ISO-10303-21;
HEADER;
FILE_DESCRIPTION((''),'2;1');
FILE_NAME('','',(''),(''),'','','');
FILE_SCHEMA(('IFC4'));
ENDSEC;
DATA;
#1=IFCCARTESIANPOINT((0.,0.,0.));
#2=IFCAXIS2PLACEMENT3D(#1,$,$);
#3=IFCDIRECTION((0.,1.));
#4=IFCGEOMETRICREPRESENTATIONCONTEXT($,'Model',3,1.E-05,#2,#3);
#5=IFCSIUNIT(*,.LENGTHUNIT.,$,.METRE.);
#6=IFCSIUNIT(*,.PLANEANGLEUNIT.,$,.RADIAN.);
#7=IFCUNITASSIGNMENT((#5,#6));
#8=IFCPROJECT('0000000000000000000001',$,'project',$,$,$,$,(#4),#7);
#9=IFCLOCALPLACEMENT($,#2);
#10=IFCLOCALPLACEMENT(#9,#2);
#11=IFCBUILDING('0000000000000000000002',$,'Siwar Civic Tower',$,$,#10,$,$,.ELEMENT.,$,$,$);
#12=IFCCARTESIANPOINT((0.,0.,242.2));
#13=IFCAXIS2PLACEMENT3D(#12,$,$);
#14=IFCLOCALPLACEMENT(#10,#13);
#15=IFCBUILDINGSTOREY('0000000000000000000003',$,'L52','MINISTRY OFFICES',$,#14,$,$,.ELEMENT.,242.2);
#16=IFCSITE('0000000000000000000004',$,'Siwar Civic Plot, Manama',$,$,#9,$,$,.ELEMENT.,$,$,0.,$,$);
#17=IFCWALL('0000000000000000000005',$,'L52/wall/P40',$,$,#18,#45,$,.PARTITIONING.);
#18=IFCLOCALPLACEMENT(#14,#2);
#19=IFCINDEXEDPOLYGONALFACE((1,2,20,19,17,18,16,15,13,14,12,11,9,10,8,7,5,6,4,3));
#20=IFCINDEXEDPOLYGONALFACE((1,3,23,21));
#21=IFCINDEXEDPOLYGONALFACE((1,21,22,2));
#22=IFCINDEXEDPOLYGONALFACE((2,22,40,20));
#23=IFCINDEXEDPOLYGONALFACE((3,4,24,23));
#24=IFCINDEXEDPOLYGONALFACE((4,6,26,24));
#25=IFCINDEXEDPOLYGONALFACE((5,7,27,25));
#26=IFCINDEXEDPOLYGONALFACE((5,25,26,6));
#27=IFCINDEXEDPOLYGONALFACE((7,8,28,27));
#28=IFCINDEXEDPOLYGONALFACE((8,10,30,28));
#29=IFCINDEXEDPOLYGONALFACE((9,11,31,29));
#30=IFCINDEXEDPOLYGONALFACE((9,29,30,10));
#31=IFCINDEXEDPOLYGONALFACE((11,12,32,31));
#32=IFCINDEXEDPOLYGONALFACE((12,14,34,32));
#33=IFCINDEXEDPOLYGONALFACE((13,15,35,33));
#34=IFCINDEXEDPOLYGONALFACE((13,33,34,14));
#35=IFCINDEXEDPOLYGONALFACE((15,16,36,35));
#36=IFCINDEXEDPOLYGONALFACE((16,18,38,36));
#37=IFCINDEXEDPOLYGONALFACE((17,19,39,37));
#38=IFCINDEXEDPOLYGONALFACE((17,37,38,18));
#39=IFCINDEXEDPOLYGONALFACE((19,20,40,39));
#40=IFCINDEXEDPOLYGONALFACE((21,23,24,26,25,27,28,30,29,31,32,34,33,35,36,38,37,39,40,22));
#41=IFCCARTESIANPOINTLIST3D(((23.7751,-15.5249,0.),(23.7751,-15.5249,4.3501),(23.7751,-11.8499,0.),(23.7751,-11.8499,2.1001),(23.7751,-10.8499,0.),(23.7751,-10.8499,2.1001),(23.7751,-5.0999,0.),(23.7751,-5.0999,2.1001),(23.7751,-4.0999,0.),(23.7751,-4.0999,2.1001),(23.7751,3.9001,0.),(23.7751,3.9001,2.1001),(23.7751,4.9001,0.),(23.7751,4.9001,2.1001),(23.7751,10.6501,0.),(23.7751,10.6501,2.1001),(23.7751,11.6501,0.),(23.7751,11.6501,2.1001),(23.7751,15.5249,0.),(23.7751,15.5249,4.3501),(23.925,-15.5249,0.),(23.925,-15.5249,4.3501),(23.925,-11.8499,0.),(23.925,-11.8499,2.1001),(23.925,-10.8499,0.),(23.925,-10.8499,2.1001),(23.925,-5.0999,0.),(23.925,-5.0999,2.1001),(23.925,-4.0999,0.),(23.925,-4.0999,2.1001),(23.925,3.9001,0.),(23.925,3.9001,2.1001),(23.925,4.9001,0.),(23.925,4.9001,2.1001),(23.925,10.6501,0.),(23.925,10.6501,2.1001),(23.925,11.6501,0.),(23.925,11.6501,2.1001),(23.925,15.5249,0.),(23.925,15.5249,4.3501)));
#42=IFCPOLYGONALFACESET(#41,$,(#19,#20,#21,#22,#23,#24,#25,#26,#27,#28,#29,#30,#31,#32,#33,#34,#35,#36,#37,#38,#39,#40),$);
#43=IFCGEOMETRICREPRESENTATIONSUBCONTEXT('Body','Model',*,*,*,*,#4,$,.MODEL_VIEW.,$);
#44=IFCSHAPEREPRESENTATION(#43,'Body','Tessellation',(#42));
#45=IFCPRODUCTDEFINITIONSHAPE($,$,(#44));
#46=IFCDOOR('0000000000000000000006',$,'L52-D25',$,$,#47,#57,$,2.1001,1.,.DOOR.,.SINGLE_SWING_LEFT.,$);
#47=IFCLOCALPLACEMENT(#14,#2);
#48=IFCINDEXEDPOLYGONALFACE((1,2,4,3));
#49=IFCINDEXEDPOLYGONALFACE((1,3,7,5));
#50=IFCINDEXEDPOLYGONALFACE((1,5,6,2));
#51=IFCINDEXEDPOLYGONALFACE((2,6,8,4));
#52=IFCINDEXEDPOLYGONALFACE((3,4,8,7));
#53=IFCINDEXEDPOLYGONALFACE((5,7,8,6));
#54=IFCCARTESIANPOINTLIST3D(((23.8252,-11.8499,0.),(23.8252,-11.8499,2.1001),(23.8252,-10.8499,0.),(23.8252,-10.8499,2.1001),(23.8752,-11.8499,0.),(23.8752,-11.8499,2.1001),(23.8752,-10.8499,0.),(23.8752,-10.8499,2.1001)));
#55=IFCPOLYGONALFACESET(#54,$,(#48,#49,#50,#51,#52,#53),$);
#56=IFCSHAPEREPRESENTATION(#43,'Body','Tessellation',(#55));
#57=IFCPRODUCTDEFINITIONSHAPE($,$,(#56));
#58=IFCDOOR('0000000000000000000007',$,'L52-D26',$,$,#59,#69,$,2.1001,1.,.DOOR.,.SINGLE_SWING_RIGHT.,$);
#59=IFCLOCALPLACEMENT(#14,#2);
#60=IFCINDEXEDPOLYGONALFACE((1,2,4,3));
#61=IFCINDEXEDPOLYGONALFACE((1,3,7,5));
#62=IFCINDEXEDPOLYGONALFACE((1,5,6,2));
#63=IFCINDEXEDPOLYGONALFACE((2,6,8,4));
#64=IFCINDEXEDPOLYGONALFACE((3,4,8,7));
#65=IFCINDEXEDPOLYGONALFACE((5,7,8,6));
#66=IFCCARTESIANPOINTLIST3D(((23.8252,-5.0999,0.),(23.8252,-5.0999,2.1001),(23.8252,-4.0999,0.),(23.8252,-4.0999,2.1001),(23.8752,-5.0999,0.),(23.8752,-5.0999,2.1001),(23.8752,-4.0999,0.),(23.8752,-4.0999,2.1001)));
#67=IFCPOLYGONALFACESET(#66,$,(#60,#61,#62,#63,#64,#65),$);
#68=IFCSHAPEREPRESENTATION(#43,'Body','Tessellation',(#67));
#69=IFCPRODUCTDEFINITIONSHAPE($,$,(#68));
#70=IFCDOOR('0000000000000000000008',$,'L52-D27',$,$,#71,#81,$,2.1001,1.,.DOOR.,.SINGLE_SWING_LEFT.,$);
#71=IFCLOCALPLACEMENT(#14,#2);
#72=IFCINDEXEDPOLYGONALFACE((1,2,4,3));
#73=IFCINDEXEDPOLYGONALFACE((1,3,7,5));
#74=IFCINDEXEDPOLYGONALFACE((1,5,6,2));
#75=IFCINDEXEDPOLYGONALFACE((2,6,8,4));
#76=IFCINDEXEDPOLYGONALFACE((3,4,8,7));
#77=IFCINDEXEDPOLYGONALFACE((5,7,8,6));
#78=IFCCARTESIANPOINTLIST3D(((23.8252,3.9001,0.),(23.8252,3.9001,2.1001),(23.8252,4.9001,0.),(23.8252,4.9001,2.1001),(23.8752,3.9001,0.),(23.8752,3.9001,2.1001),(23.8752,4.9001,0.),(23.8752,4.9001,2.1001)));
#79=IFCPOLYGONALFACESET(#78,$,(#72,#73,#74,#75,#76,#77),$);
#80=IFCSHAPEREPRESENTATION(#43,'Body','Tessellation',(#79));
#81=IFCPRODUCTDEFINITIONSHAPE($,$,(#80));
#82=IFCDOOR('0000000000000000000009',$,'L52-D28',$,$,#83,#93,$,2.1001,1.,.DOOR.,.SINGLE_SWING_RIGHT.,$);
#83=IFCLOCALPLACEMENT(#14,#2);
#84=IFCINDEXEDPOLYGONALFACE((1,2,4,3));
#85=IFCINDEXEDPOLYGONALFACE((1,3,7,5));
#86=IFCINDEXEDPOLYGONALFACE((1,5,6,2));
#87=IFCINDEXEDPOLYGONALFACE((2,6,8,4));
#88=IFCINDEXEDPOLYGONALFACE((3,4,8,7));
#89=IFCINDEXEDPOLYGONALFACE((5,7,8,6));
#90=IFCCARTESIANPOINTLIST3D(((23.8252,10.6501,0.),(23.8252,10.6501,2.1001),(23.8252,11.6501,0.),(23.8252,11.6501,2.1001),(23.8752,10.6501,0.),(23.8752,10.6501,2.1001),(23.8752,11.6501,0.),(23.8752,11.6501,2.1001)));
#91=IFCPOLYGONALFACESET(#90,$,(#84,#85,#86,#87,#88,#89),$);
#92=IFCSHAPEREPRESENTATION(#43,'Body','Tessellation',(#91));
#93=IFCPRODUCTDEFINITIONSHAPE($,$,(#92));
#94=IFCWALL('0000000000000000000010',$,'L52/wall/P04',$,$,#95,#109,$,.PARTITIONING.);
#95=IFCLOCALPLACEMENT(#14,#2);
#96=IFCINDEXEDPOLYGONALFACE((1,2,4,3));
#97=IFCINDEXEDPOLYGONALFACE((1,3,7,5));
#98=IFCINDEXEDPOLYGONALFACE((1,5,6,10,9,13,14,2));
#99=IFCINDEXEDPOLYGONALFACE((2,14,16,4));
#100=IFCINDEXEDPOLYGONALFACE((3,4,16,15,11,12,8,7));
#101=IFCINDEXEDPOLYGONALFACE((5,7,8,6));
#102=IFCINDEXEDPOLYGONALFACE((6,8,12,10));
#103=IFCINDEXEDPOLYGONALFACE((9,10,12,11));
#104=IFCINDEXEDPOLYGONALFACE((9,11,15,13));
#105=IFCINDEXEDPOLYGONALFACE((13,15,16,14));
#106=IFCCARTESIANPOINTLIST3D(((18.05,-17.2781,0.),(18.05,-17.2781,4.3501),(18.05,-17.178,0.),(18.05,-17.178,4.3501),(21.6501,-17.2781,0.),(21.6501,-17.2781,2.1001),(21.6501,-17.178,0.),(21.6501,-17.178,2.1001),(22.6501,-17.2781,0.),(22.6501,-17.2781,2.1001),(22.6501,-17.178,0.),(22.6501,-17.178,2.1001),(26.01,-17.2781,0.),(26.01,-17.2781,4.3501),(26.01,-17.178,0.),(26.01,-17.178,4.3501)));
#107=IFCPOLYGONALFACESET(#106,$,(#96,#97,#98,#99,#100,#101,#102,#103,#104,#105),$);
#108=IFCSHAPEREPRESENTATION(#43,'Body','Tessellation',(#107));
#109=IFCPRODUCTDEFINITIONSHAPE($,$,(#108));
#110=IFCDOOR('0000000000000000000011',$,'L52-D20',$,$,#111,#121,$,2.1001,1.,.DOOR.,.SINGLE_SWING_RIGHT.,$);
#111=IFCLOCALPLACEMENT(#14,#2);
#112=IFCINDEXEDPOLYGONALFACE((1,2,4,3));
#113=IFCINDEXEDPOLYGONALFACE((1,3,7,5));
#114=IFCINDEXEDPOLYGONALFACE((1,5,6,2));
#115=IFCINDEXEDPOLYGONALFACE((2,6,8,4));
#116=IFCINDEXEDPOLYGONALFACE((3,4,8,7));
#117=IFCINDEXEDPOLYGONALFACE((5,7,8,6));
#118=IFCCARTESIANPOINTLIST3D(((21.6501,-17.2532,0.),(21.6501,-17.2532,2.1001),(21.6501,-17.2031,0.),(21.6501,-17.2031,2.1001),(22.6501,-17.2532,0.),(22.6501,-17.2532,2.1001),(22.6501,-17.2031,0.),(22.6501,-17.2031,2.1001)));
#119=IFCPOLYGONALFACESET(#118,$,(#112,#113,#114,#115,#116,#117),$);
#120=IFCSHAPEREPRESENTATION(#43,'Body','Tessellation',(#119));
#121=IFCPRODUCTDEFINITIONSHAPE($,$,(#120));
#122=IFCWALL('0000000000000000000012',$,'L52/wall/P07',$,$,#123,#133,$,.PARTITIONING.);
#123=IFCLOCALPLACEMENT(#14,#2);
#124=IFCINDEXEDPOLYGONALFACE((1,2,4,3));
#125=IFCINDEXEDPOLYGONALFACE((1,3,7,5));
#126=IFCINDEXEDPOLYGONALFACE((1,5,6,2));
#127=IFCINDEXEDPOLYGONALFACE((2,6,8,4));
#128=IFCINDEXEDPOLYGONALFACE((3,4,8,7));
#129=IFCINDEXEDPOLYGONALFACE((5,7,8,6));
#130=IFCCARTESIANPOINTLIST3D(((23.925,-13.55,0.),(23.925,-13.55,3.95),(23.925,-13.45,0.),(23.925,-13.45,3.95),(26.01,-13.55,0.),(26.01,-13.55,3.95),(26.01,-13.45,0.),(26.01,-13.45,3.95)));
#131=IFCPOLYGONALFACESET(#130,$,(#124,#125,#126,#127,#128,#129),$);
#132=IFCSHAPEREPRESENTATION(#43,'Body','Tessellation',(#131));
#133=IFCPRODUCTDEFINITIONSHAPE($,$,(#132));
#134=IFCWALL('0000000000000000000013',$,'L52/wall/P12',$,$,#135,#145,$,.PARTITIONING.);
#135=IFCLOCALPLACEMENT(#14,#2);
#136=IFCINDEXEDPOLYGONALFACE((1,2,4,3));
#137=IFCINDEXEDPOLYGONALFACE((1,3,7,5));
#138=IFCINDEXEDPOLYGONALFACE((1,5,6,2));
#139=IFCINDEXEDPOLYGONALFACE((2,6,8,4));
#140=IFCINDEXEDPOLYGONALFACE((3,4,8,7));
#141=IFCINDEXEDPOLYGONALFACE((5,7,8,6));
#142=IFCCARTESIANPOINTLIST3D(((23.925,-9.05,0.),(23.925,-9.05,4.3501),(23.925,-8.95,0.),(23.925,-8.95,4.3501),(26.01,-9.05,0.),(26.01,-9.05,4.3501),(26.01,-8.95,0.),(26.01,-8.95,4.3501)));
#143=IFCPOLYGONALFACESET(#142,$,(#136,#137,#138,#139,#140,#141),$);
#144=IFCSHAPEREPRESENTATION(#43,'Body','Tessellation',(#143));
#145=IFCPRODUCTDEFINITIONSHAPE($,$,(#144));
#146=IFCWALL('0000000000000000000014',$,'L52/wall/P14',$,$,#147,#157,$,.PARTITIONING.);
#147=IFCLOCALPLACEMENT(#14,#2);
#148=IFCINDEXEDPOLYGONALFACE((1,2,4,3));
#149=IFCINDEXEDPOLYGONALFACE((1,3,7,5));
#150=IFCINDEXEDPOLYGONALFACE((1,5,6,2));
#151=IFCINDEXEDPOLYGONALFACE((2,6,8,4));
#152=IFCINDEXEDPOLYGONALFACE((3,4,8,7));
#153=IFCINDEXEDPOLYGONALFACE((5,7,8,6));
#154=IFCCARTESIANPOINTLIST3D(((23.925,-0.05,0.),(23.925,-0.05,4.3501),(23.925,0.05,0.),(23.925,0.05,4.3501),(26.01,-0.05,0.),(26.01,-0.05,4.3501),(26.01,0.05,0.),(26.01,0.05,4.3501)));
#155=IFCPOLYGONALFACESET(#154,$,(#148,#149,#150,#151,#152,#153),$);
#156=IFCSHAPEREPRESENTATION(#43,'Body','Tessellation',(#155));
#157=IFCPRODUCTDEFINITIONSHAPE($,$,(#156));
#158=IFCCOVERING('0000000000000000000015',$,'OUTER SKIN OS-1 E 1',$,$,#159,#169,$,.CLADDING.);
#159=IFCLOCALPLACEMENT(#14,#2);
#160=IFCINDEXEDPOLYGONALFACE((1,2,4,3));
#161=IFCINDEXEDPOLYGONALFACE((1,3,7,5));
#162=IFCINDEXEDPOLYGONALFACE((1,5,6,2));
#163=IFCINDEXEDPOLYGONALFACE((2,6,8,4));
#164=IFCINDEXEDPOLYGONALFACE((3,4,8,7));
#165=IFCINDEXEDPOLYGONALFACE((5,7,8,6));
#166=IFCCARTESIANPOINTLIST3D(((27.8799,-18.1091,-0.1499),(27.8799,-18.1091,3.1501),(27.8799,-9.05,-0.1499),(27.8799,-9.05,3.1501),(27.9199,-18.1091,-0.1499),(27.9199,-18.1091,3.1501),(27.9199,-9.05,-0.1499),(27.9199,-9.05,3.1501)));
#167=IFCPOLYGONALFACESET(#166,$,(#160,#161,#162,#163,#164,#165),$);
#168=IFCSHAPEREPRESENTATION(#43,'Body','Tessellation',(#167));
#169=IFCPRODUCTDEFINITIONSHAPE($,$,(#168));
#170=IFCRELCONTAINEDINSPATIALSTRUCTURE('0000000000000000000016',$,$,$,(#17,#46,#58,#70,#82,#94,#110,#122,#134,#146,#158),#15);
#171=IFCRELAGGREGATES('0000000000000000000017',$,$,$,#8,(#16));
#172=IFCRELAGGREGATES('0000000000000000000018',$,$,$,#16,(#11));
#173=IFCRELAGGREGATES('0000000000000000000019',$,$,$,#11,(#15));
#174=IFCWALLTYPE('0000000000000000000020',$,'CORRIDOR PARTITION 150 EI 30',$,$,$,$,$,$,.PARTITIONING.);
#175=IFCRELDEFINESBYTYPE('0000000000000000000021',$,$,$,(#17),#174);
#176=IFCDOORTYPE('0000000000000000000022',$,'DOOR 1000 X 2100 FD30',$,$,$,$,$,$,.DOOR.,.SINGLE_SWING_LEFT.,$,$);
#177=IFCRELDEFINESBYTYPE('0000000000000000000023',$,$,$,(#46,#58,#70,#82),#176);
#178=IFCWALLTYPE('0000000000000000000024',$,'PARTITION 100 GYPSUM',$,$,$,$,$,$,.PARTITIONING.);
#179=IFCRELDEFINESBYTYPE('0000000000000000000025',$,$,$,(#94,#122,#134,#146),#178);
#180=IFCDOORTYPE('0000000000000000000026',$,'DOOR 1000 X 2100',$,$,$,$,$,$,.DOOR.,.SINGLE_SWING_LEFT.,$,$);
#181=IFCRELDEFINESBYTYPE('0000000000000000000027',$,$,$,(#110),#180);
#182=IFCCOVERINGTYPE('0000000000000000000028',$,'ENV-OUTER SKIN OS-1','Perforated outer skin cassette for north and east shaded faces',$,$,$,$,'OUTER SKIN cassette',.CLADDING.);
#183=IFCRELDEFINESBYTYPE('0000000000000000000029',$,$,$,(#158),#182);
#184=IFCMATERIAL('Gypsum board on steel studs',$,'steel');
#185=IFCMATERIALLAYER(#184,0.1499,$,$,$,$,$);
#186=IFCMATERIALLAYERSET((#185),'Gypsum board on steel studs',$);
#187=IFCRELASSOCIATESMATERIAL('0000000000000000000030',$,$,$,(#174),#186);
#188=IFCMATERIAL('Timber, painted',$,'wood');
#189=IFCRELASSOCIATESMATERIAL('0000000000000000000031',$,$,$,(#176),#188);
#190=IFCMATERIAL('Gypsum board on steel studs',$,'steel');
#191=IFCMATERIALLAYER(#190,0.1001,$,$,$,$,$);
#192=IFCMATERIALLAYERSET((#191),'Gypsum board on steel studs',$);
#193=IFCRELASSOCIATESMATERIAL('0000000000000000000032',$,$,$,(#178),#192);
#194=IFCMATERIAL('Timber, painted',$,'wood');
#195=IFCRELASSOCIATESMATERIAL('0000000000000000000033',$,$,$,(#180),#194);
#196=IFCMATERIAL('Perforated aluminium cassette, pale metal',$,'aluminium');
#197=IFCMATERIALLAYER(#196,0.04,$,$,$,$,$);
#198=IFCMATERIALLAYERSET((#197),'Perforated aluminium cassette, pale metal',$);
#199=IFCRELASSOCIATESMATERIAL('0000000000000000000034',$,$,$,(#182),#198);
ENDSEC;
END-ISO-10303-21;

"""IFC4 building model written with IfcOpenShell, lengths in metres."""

from ifc_helpers import new_model, si_unit, direction, frame, frame_2d, origin, origin_2d, place, context, subcontext, project, spatial, rectangle, extrude, material, layer, layer_set, type_object, element, fill, save


model = new_model("IFC4")

# Units and contexts
model_context = context("Model", 3, precision=1e-05, world=origin(), true_north=direction((0.0, 1.0)))
body_context = subcontext(model_context, "Body", "Model", "MODEL_VIEW")
ifc_project = project(units=[si_unit("LENGTHUNIT", "METRE"), si_unit("PLANEANGLEUNIT", "RADIAN")], contexts=[model_context])

# Site, building, storey
site_placement = place(None, origin())
site = spatial("IfcSite", under=ifc_project, at=site_placement, Name="Siwar Civic Plot, Manama", CompositionType="ELEMENT", RefElevation=0.0)
building_placement = place(site_placement, origin())
building = spatial("IfcBuilding", under=site, at=building_placement, Name="Siwar Civic Tower", CompositionType="ELEMENT")
storey_placement = place(building_placement, frame((0.0, 0.0, 242.2)))
storey = spatial("IfcBuildingStorey", under=building, at=storey_placement, Name="L52", Description="MINISTRY OFFICES", CompositionType="ELEMENT", Elevation=242.2)

# Wall, openings, doors
ifc_material_1 = material(Name="Gypsum board on steel studs", Category="steel")
ifc_layer_1 = layer(ifc_material_1, 0.1499)
ifc_layer_set_1 = layer_set([ifc_layer_1], Name="Gypsum board on steel studs")
wall_type_1 = type_object("IfcWallType", Name="CORRIDOR PARTITION 150 EI 30", PredefinedType="PARTITIONING", material=ifc_layer_set_1)
wall_1_placement = place(storey_placement, frame((23.8501, -15.5249, 0.0), z_axis=(0.0, 0.0, 1.0), x_axis=(0.0, 1.0, 0.0)))
wall_1 = element("IfcWall", 1, at=wall_1_placement, inside=storey, type_object=wall_type_1, Name="L52/wall/P40", PredefinedType="PARTITIONING", context=body_context, shape_type="SweptSolid", body=[
    extrude(rectangle(XDim=31.0498, YDim=0.1499, at=frame_2d((15.5249, 0.0))), origin(), (0.0, 0.0, 1.0), 4.3501),
])
opening_1_placement = place(wall_1_placement, frame((3.675, 0.0, 0.0)))
opening_1 = element("IfcOpeningElement", 2, at=opening_1_placement, cuts=wall_1, PredefinedType="OPENING", context=body_context, shape_type="SweptSolid", body=[
    extrude(rectangle(XDim=1.0, YDim=2.1001, at=frame_2d((0.5, 1.05))), frame((0.0, 0.085, 0.0), z_axis=(0.0, -1.0, 0.0), x_axis=(1.0, 0.0, 0.0)), (0.0, 0.0, 1.0), 0.1699),
])
opening_2_placement = place(wall_1_placement, frame((10.425, 0.0, 0.0)))
opening_2 = element("IfcOpeningElement", 3, at=opening_2_placement, cuts=wall_1, PredefinedType="OPENING", context=body_context, shape_type="SweptSolid", body=[
    extrude(rectangle(XDim=1.0, YDim=2.1001, at=frame_2d((0.5, 1.05))), frame((0.0, 0.085, 0.0), z_axis=(0.0, -1.0, 0.0), x_axis=(1.0, 0.0, 0.0)), (0.0, 0.0, 1.0), 0.1699),
])
opening_3_placement = place(wall_1_placement, frame((19.425, 0.0, 0.0)))
opening_3 = element("IfcOpeningElement", 4, at=opening_3_placement, cuts=wall_1, PredefinedType="OPENING", context=body_context, shape_type="SweptSolid", body=[
    extrude(rectangle(XDim=1.0, YDim=2.1001, at=frame_2d((0.5, 1.05))), frame((0.0, 0.085, 0.0), z_axis=(0.0, -1.0, 0.0), x_axis=(1.0, 0.0, 0.0)), (0.0, 0.0, 1.0), 0.1699),
])
opening_4_placement = place(wall_1_placement, frame((26.175, 0.0, 0.0)))
opening_4 = element("IfcOpeningElement", 5, at=opening_4_placement, cuts=wall_1, PredefinedType="OPENING", context=body_context, shape_type="SweptSolid", body=[
    extrude(rectangle(XDim=1.0, YDim=2.1001, at=frame_2d((0.5, 1.05))), frame((0.0, 0.085, 0.0), z_axis=(0.0, -1.0, 0.0), x_axis=(1.0, 0.0, 0.0)), (0.0, 0.0, 1.0), 0.1699),
])
ifc_material_2 = material(Name="Timber, painted", Category="wood")
door_type_1 = type_object("IfcDoorType", Name="DOOR 1000 X 2100 FD30", OperationType="SINGLE_SWING_LEFT", PredefinedType="DOOR", material=ifc_material_2)
door_1_placement = place(opening_1_placement, origin())
door_1 = element("IfcDoor", 6, at=door_1_placement, inside=storey, type_object=door_type_1, Name="L52-D25", OperationType="SINGLE_SWING_LEFT", OverallHeight=2.1001, OverallWidth=1.0, PredefinedType="DOOR", context=body_context, shape_type="SweptSolid", body=[
    extrude(rectangle(XDim=1.0, YDim=2.1001, at=frame_2d((0.5, 1.05))), frame((0.0, 0.0249, 0.0), z_axis=(0.0, -1.0, 0.0), x_axis=(1.0, 0.0, 0.0)), (0.0, 0.0, 1.0), 0.05),
])
fill(opening_1, door_1)
door_2_placement = place(opening_2_placement, origin())
door_2 = element("IfcDoor", 7, at=door_2_placement, inside=storey, type_object=door_type_1, Name="L52-D26", OperationType="SINGLE_SWING_RIGHT", OverallHeight=2.1001, OverallWidth=1.0, PredefinedType="DOOR", context=body_context, shape_type="SweptSolid", body=[
    extrude(rectangle(XDim=1.0, YDim=2.1001, at=frame_2d((0.5, 1.05))), frame((0.0, 0.0249, 0.0), z_axis=(0.0, -1.0, 0.0), x_axis=(1.0, 0.0, 0.0)), (0.0, 0.0, 1.0), 0.05),
])
fill(opening_2, door_2)
door_3_placement = place(opening_3_placement, origin())
door_3 = element("IfcDoor", 8, at=door_3_placement, inside=storey, type_object=door_type_1, Name="L52-D27", OperationType="SINGLE_SWING_LEFT", OverallHeight=2.1001, OverallWidth=1.0, PredefinedType="DOOR", context=body_context, shape_type="SweptSolid", body=[
    extrude(rectangle(XDim=1.0, YDim=2.1001, at=frame_2d((0.5, 1.05))), frame((0.0, 0.0249, 0.0), z_axis=(0.0, -1.0, 0.0), x_axis=(1.0, 0.0, 0.0)), (0.0, 0.0, 1.0), 0.05),
])
fill(opening_3, door_3)
door_4_placement = place(opening_4_placement, origin())
door_4 = element("IfcDoor", 9, at=door_4_placement, inside=storey, type_object=door_type_1, Name="L52-D28", OperationType="SINGLE_SWING_RIGHT", OverallHeight=2.1001, OverallWidth=1.0, PredefinedType="DOOR", context=body_context, shape_type="SweptSolid", body=[
    extrude(rectangle(XDim=1.0, YDim=2.1001, at=frame_2d((0.5, 1.05))), frame((0.0, 0.0249, 0.0), z_axis=(0.0, -1.0, 0.0), x_axis=(1.0, 0.0, 0.0)), (0.0, 0.0, 1.0), 0.05),
])
fill(opening_4, door_4)

# Wall, opening, door
ifc_material_3 = material(Name="Gypsum board on steel studs", Category="steel")
ifc_layer_2 = layer(ifc_material_3, 0.1001)
ifc_layer_set_2 = layer_set([ifc_layer_2], Name="Gypsum board on steel studs")
wall_type_2 = type_object("IfcWallType", Name="PARTITION 100 GYPSUM", PredefinedType="PARTITIONING", material=ifc_layer_set_2)
wall_2_placement = place(storey_placement, frame((18.05, -17.228, 0.0), z_axis=(0.0, 0.0, 1.0), x_axis=(1.0, 0.0, 0.0)))
wall_2 = element("IfcWall", 10, at=wall_2_placement, inside=storey, type_object=wall_type_2, Name="L52/wall/P04", PredefinedType="PARTITIONING", context=body_context, shape_type="SweptSolid", body=[
    extrude(rectangle(XDim=7.96, YDim=0.1001, at=frame_2d((3.98, 0.0))), origin(), (0.0, 0.0, 1.0), 4.3501),
])
opening_5_placement = place(wall_2_placement, frame((3.6001, 0.0, 0.0)))
opening_5 = element("IfcOpeningElement", 11, at=opening_5_placement, cuts=wall_2, PredefinedType="OPENING", context=body_context, shape_type="SweptSolid", body=[
    extrude(rectangle(XDim=1.0, YDim=2.1001, at=frame_2d((0.5, 1.05))), frame((0.0, 0.0601, 0.0), z_axis=(0.0, -1.0, 0.0), x_axis=(1.0, 0.0, 0.0)), (0.0, 0.0, 1.0), 0.1201),
])
ifc_material_4 = material(Name="Timber, painted", Category="wood")
door_type_2 = type_object("IfcDoorType", Name="DOOR 1000 X 2100", OperationType="SINGLE_SWING_LEFT", PredefinedType="DOOR", material=ifc_material_4)
door_5_placement = place(opening_5_placement, origin())
door_5 = element("IfcDoor", 12, at=door_5_placement, inside=storey, type_object=door_type_2, Name="L52-D20", OperationType="SINGLE_SWING_RIGHT", OverallHeight=2.1001, OverallWidth=1.0, PredefinedType="DOOR", context=body_context, shape_type="SweptSolid", body=[
    extrude(rectangle(XDim=1.0, YDim=2.1001, at=frame_2d((0.5, 1.05))), frame((0.0, 0.0249, 0.0), z_axis=(0.0, -1.0, 0.0), x_axis=(1.0, 0.0, 0.0)), (0.0, 0.0, 1.0), 0.05),
])
fill(opening_5, door_5)

# Walls
wall_3_placement = place(storey_placement, frame((23.925, -13.5, 0.0), z_axis=(0.0, 0.0, 1.0), x_axis=(1.0, 0.0, 0.0)))
element("IfcWall", 13, at=wall_3_placement, inside=storey, type_object=wall_type_2, Name="L52/wall/P07", PredefinedType="PARTITIONING", context=body_context, shape_type="SweptSolid", body=[
    extrude(rectangle(XDim=2.085, YDim=0.1001, at=frame_2d((1.0425, 0.0))), origin(), (0.0, 0.0, 1.0), 3.95),
])
for number, where, z_axis, x_axis, name in (
    (14, (23.925, -9.0, 0.0), (0.0, 0.0, 1.0), (1.0, 0.0, 0.0), "L52/wall/P12"),
    (15, (23.925, 0.0, 0.0), (0.0, 0.0, 1.0), (1.0, 0.0, 0.0), "L52/wall/P14"),
):
    element("IfcWall", number, at=place(storey_placement, frame(where, z_axis=z_axis, x_axis=x_axis)), inside=storey, type_object=wall_type_2, Name=name, PredefinedType="PARTITIONING", context=body_context, shape_type="SweptSolid", body=[
        extrude(rectangle(XDim=2.085, YDim=0.1001, at=frame_2d((1.0425, 0.0))), origin(), (0.0, 0.0, 1.0), 4.3501),
    ])

# Covering
ifc_material_5 = material(Name="Perforated aluminium cassette, pale metal", Category="aluminium")
ifc_layer_3 = layer(ifc_material_5, 0.04)
ifc_layer_set_3 = layer_set([ifc_layer_3], Name="Perforated aluminium cassette, pale metal")
covering_type = type_object("IfcCoveringType", Name="ENV-OUTER SKIN OS-1", Description="Perforated outer skin cassette for north and east shaded faces", ElementType="OUTER SKIN cassette", PredefinedType="CLADDING", material=ifc_layer_set_3)
covering_1_placement = place(storey_placement, frame((27.8999, -13.5796, -0.1499), z_axis=(0.0, 0.0, 1.0), x_axis=(0.0, 1.0, 0.0)))
element("IfcCovering", 16, at=covering_1_placement, inside=storey, type_object=covering_type, Name="OUTER SKIN OS-1 E 1", PredefinedType="CLADDING", context=body_context, shape_type="SweptSolid", body=[
    extrude(rectangle(XDim=9.0591, YDim=0.04, at=origin_2d()), origin(), (0.0, 0.0, 1.0), 3.3),
])

save(model, "model.ifc")
